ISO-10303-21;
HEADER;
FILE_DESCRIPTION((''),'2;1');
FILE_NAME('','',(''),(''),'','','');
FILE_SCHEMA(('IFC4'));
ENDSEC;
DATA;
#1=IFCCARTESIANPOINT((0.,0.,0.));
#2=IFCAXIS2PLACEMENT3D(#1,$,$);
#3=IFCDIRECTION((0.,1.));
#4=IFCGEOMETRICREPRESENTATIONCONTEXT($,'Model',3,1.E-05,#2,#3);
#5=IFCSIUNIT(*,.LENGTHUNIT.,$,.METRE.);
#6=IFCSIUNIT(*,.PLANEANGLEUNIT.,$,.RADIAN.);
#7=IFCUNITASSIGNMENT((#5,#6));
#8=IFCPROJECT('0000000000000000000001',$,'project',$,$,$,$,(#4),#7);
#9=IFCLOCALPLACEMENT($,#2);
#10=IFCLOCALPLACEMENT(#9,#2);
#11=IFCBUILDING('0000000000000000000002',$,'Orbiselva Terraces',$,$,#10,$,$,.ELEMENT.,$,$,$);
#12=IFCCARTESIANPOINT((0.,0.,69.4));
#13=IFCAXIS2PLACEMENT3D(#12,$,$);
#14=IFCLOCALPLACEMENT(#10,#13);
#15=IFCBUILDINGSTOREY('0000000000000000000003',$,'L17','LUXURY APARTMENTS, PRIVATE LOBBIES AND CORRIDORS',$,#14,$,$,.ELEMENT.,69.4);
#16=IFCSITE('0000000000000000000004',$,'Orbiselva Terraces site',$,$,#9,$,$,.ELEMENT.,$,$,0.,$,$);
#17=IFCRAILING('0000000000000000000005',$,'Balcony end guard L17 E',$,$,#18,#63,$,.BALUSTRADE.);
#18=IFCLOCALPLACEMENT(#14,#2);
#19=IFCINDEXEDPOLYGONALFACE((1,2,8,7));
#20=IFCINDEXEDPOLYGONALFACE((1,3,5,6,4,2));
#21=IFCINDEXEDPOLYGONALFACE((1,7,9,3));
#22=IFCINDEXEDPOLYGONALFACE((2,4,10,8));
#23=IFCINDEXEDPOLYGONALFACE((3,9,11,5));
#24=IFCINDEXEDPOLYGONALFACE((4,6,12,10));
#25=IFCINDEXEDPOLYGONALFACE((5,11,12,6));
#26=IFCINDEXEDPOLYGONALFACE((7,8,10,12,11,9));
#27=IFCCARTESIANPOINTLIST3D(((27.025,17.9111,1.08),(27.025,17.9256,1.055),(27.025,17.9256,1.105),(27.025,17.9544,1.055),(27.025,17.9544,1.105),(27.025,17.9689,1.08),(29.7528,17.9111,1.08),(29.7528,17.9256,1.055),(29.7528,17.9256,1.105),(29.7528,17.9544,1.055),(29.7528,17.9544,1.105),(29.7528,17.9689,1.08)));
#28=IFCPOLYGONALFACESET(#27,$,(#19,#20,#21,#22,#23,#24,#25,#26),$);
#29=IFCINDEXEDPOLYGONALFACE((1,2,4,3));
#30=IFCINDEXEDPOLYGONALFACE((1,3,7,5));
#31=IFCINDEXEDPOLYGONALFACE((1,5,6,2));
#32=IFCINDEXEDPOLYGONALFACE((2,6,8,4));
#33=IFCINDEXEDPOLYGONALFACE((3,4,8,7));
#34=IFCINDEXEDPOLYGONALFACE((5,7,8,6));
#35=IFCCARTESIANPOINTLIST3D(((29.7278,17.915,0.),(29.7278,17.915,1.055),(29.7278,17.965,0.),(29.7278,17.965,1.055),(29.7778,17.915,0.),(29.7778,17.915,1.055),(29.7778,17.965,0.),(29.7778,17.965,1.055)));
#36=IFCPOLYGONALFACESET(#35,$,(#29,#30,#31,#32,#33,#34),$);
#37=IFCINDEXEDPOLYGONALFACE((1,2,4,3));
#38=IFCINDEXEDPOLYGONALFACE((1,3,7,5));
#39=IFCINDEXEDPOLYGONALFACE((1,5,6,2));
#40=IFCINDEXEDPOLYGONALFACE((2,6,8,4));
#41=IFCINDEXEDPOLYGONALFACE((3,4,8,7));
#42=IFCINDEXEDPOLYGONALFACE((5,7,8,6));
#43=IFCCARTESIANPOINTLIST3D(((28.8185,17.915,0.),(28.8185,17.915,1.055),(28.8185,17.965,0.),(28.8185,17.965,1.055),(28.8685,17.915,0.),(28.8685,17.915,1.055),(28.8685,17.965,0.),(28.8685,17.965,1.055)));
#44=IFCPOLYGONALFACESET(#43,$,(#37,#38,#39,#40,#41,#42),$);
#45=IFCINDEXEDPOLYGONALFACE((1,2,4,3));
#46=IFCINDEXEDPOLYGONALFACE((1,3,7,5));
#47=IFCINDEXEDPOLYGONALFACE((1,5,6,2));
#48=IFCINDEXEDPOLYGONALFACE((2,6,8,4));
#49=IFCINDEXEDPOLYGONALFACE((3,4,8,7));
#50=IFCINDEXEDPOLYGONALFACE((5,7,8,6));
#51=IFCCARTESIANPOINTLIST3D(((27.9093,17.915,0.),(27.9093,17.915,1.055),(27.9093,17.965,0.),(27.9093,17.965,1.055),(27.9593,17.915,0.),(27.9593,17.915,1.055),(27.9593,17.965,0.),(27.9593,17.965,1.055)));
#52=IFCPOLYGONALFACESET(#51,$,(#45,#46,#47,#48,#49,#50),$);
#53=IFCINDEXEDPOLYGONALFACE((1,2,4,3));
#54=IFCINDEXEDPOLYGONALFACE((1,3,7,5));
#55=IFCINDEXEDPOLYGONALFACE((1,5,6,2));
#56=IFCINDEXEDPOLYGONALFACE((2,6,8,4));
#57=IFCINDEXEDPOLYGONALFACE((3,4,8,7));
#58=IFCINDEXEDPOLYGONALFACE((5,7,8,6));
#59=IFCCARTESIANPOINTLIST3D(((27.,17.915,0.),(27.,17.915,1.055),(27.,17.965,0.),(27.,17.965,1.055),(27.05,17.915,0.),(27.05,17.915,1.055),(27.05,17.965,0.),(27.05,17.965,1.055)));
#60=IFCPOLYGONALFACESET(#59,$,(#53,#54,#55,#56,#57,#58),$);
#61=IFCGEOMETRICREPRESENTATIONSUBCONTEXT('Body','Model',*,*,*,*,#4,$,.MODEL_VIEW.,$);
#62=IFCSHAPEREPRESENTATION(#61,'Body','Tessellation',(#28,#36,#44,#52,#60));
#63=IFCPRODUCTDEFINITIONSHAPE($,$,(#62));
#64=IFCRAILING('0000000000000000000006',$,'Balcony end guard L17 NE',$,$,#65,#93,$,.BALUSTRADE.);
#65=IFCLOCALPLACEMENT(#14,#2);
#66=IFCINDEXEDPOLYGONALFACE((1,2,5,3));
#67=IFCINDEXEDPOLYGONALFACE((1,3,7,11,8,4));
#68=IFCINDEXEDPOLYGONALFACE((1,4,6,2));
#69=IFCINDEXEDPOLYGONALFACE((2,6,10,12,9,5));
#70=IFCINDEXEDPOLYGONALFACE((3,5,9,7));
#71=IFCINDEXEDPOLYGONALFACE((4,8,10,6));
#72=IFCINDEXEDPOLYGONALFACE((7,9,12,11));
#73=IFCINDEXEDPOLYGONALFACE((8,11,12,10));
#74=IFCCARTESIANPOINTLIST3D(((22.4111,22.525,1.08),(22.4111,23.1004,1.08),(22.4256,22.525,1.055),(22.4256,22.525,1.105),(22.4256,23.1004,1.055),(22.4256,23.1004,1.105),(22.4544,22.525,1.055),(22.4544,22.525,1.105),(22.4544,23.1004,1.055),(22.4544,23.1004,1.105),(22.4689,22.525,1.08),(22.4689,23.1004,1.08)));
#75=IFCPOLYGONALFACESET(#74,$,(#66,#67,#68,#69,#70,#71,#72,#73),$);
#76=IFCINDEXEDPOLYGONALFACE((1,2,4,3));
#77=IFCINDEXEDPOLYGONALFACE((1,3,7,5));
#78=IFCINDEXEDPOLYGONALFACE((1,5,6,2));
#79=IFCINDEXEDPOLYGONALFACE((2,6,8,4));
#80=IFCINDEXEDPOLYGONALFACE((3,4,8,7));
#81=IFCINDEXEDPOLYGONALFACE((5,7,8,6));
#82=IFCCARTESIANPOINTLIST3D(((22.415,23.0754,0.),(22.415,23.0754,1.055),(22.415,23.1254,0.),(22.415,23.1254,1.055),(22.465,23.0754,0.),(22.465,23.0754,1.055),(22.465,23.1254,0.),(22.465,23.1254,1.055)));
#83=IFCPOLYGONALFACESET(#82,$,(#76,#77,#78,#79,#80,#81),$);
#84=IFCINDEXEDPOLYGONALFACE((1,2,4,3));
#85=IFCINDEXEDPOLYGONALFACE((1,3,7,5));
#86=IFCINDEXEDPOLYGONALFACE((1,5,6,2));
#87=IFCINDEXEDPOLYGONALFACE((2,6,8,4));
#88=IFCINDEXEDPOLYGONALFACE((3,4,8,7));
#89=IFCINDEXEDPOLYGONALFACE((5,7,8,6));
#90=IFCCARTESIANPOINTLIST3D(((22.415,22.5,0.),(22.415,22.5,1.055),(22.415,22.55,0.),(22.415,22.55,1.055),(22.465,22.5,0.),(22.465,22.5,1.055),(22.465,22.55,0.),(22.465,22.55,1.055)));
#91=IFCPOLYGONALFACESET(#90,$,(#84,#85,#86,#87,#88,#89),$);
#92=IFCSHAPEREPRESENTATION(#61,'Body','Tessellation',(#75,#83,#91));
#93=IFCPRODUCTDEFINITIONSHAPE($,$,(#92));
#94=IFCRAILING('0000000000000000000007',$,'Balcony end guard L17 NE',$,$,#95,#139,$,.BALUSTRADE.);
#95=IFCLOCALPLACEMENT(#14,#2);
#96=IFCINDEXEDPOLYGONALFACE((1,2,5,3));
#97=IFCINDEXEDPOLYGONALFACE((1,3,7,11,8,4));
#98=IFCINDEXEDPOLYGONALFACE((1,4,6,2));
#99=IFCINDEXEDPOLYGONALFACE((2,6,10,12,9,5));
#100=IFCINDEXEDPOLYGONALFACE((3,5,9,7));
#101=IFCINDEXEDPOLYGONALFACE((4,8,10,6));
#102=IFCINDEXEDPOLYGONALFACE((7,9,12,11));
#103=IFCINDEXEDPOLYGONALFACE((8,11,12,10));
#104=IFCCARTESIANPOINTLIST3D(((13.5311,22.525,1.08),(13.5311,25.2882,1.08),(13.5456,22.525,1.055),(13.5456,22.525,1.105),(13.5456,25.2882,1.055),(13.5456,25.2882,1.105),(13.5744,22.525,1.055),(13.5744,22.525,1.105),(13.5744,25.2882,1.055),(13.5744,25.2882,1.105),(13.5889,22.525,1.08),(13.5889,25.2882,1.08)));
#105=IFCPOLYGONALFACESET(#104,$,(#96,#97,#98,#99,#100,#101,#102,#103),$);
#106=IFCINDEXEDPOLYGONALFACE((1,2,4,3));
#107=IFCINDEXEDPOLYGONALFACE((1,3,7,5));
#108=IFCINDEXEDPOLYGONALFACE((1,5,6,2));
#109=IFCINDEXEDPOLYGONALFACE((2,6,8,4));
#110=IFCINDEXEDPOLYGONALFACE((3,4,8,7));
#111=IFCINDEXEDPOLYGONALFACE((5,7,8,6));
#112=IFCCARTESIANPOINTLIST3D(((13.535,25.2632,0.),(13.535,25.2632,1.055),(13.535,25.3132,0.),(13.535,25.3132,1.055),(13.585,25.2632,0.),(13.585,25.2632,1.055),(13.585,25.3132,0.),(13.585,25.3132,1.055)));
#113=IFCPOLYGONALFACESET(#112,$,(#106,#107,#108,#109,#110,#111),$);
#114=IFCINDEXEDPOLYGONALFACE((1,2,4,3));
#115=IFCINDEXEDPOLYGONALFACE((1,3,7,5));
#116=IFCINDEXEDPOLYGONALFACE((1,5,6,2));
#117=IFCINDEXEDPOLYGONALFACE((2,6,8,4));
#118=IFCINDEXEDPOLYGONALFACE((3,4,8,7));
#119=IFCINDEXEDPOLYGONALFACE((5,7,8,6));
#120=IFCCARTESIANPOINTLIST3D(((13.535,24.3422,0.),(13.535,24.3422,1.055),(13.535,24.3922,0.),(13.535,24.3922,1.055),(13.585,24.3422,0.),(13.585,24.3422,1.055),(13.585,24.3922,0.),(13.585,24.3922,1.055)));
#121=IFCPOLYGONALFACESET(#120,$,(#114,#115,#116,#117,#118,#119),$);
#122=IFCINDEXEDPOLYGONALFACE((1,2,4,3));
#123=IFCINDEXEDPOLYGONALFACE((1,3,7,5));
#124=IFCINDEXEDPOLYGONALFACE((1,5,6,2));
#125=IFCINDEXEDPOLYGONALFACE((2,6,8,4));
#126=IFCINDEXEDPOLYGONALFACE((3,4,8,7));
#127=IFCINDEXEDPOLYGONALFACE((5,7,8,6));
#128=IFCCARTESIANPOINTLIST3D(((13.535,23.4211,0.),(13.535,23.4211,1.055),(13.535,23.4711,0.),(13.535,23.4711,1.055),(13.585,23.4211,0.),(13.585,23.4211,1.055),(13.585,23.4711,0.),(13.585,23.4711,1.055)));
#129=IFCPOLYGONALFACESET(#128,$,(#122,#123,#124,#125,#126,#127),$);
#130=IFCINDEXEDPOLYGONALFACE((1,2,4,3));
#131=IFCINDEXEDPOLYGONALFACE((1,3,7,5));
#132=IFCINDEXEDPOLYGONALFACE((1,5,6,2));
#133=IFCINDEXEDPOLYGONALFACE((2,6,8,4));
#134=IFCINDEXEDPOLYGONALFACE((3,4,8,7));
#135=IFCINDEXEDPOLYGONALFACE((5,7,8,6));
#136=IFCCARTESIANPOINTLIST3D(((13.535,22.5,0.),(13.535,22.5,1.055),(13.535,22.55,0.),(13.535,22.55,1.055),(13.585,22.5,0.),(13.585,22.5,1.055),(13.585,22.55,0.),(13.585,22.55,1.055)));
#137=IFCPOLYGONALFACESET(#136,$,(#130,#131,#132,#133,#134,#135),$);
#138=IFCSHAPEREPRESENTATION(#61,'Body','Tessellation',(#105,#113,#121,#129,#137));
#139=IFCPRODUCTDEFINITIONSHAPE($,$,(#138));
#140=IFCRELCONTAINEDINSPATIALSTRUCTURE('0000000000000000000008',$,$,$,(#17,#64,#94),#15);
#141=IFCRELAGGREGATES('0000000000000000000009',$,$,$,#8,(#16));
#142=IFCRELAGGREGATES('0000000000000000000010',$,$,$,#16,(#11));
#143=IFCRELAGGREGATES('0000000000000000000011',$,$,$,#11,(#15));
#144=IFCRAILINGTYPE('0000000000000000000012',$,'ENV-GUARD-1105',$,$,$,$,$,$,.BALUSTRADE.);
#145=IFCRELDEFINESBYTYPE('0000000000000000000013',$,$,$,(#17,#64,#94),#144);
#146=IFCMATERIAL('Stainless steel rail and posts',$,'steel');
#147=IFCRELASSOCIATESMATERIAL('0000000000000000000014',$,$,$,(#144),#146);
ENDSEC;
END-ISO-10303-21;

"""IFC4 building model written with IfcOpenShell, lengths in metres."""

from ifc_helpers import new_model, si_unit, direction, frame, origin, origin_2d, place, context, subcontext, project, spatial, polyline, rectangle, outline, extrude, material, type_object, element, save


model = new_model("IFC4")

# Units and contexts
model_context = context("Model", 3, precision=1e-05, world=origin(), true_north=direction((0.0, 1.0)))
body_context = subcontext(model_context, "Body", "Model", "MODEL_VIEW")
ifc_project = project(units=[si_unit("LENGTHUNIT", "METRE"), si_unit("PLANEANGLEUNIT", "RADIAN")], contexts=[model_context])

# Site, building, storey
site_placement = place(None, origin())
site = spatial("IfcSite", under=ifc_project, at=site_placement, Name="Orbiselva Terraces site", CompositionType="ELEMENT", RefElevation=0.0)
building_placement = place(site_placement, origin())
building = spatial("IfcBuilding", under=site, at=building_placement, Name="Orbiselva Terraces", CompositionType="ELEMENT")
storey_placement = place(building_placement, frame((0.0, 0.0, 69.4)))
storey = spatial("IfcBuildingStorey", under=building, at=storey_placement, Name="L17", Description="LUXURY APARTMENTS, PRIVATE LOBBIES AND CORRIDORS", CompositionType="ELEMENT", Elevation=69.4)

# Railings
ifc_material_1 = material(Name="Stainless steel rail and posts", Category="steel")
railing_type_1 = type_object("IfcRailingType", Name="ENV-GUARD-1105", PredefinedType="BALUSTRADE", material=ifc_material_1)
railing_1_placement = place(storey_placement, frame((29.7528, 17.94, 0.0)))
element("IfcRailing", 1, at=railing_1_placement, inside=storey, type_object=railing_type_1, Name="Balcony end guard L17 E", PredefinedType="BALUSTRADE", context=body_context, shape_type="SweptSolid", body=[
    extrude(outline(polyline([(0.0289, 0.0), (0.0144, 0.025), (-0.0144, 0.025), (-0.0289, 0.0), (-0.0144, -0.025), (0.0144, -0.025), (0.0289, 0.0)])), frame((0.0, 0.0, 1.08), z_axis=(-1.0, 0.0, 0.0), x_axis=(0.0, -1.0, 0.0)), (0.0, 0.0, 1.0), 2.7278),
    extrude(rectangle(XDim=0.05, YDim=0.05, at=origin_2d()), origin(), (0.0, 0.0, 1.0), 1.055),
    extrude(rectangle(XDim=0.05, YDim=0.05, at=origin_2d()), frame((-0.9093, 0.0, 0.0)), (0.0, 0.0, 1.0), 1.055),
    extrude(rectangle(XDim=0.05, YDim=0.05, at=origin_2d()), frame((-1.8185, 0.0, 0.0)), (0.0, 0.0, 1.0), 1.055),
    extrude(rectangle(XDim=0.05, YDim=0.05, at=origin_2d()), frame((-2.7278, 0.0, 0.0)), (0.0, 0.0, 1.0), 1.055),
])
railing_2_placement = place(storey_placement, frame((22.44, 23.1004, 0.0)))
element("IfcRailing", 2, at=railing_2_placement, inside=storey, type_object=railing_type_1, Name="Balcony end guard L17 NE", PredefinedType="BALUSTRADE", context=body_context, shape_type="SweptSolid", body=[
    extrude(outline(polyline([(0.0289, 0.0), (0.0144, 0.025), (-0.0144, 0.025), (-0.0289, 0.0), (-0.0144, -0.025), (0.0144, -0.025), (0.0289, 0.0)])), frame((0.0, 0.0, 1.08), z_axis=(0.0, -1.0, 0.0), x_axis=(1.0, 0.0, 0.0)), (0.0, 0.0, 1.0), 0.5754),
    extrude(rectangle(XDim=0.05, YDim=0.05, at=origin_2d()), origin(), (0.0, 0.0, 1.0), 1.055),
    extrude(rectangle(XDim=0.05, YDim=0.05, at=origin_2d()), frame((0.0, -0.5754, 0.0)), (0.0, 0.0, 1.0), 1.055),
])
railing_3_placement = place(storey_placement, frame((13.56, 25.2882, 0.0)))
element("IfcRailing", 3, at=railing_3_placement, inside=storey, type_object=railing_type_1, Name="Balcony end guard L17 NE", PredefinedType="BALUSTRADE", context=body_context, shape_type="SweptSolid", body=[
    extrude(outline(polyline([(0.0289, 0.0), (0.0144, 0.025), (-0.0144, 0.025), (-0.0289, 0.0), (-0.0144, -0.025), (0.0144, -0.025), (0.0289, 0.0)])), frame((0.0, 0.0, 1.08), z_axis=(0.0, -1.0, 0.0), x_axis=(1.0, 0.0, 0.0)), (0.0, 0.0, 1.0), 2.7632),
    extrude(rectangle(XDim=0.05, YDim=0.05, at=origin_2d()), origin(), (0.0, 0.0, 1.0), 1.055),
    extrude(rectangle(XDim=0.05, YDim=0.05, at=origin_2d()), frame((0.0, -0.9211, 0.0)), (0.0, 0.0, 1.0), 1.055),
    extrude(rectangle(XDim=0.05, YDim=0.05, at=origin_2d()), frame((0.0, -1.8422, 0.0)), (0.0, 0.0, 1.0), 1.055),
    extrude(rectangle(XDim=0.05, YDim=0.05, at=origin_2d()), frame((0.0, -2.7632, 0.0)), (0.0, 0.0, 1.0), 1.055),
])

save(model, "model.ifc")
